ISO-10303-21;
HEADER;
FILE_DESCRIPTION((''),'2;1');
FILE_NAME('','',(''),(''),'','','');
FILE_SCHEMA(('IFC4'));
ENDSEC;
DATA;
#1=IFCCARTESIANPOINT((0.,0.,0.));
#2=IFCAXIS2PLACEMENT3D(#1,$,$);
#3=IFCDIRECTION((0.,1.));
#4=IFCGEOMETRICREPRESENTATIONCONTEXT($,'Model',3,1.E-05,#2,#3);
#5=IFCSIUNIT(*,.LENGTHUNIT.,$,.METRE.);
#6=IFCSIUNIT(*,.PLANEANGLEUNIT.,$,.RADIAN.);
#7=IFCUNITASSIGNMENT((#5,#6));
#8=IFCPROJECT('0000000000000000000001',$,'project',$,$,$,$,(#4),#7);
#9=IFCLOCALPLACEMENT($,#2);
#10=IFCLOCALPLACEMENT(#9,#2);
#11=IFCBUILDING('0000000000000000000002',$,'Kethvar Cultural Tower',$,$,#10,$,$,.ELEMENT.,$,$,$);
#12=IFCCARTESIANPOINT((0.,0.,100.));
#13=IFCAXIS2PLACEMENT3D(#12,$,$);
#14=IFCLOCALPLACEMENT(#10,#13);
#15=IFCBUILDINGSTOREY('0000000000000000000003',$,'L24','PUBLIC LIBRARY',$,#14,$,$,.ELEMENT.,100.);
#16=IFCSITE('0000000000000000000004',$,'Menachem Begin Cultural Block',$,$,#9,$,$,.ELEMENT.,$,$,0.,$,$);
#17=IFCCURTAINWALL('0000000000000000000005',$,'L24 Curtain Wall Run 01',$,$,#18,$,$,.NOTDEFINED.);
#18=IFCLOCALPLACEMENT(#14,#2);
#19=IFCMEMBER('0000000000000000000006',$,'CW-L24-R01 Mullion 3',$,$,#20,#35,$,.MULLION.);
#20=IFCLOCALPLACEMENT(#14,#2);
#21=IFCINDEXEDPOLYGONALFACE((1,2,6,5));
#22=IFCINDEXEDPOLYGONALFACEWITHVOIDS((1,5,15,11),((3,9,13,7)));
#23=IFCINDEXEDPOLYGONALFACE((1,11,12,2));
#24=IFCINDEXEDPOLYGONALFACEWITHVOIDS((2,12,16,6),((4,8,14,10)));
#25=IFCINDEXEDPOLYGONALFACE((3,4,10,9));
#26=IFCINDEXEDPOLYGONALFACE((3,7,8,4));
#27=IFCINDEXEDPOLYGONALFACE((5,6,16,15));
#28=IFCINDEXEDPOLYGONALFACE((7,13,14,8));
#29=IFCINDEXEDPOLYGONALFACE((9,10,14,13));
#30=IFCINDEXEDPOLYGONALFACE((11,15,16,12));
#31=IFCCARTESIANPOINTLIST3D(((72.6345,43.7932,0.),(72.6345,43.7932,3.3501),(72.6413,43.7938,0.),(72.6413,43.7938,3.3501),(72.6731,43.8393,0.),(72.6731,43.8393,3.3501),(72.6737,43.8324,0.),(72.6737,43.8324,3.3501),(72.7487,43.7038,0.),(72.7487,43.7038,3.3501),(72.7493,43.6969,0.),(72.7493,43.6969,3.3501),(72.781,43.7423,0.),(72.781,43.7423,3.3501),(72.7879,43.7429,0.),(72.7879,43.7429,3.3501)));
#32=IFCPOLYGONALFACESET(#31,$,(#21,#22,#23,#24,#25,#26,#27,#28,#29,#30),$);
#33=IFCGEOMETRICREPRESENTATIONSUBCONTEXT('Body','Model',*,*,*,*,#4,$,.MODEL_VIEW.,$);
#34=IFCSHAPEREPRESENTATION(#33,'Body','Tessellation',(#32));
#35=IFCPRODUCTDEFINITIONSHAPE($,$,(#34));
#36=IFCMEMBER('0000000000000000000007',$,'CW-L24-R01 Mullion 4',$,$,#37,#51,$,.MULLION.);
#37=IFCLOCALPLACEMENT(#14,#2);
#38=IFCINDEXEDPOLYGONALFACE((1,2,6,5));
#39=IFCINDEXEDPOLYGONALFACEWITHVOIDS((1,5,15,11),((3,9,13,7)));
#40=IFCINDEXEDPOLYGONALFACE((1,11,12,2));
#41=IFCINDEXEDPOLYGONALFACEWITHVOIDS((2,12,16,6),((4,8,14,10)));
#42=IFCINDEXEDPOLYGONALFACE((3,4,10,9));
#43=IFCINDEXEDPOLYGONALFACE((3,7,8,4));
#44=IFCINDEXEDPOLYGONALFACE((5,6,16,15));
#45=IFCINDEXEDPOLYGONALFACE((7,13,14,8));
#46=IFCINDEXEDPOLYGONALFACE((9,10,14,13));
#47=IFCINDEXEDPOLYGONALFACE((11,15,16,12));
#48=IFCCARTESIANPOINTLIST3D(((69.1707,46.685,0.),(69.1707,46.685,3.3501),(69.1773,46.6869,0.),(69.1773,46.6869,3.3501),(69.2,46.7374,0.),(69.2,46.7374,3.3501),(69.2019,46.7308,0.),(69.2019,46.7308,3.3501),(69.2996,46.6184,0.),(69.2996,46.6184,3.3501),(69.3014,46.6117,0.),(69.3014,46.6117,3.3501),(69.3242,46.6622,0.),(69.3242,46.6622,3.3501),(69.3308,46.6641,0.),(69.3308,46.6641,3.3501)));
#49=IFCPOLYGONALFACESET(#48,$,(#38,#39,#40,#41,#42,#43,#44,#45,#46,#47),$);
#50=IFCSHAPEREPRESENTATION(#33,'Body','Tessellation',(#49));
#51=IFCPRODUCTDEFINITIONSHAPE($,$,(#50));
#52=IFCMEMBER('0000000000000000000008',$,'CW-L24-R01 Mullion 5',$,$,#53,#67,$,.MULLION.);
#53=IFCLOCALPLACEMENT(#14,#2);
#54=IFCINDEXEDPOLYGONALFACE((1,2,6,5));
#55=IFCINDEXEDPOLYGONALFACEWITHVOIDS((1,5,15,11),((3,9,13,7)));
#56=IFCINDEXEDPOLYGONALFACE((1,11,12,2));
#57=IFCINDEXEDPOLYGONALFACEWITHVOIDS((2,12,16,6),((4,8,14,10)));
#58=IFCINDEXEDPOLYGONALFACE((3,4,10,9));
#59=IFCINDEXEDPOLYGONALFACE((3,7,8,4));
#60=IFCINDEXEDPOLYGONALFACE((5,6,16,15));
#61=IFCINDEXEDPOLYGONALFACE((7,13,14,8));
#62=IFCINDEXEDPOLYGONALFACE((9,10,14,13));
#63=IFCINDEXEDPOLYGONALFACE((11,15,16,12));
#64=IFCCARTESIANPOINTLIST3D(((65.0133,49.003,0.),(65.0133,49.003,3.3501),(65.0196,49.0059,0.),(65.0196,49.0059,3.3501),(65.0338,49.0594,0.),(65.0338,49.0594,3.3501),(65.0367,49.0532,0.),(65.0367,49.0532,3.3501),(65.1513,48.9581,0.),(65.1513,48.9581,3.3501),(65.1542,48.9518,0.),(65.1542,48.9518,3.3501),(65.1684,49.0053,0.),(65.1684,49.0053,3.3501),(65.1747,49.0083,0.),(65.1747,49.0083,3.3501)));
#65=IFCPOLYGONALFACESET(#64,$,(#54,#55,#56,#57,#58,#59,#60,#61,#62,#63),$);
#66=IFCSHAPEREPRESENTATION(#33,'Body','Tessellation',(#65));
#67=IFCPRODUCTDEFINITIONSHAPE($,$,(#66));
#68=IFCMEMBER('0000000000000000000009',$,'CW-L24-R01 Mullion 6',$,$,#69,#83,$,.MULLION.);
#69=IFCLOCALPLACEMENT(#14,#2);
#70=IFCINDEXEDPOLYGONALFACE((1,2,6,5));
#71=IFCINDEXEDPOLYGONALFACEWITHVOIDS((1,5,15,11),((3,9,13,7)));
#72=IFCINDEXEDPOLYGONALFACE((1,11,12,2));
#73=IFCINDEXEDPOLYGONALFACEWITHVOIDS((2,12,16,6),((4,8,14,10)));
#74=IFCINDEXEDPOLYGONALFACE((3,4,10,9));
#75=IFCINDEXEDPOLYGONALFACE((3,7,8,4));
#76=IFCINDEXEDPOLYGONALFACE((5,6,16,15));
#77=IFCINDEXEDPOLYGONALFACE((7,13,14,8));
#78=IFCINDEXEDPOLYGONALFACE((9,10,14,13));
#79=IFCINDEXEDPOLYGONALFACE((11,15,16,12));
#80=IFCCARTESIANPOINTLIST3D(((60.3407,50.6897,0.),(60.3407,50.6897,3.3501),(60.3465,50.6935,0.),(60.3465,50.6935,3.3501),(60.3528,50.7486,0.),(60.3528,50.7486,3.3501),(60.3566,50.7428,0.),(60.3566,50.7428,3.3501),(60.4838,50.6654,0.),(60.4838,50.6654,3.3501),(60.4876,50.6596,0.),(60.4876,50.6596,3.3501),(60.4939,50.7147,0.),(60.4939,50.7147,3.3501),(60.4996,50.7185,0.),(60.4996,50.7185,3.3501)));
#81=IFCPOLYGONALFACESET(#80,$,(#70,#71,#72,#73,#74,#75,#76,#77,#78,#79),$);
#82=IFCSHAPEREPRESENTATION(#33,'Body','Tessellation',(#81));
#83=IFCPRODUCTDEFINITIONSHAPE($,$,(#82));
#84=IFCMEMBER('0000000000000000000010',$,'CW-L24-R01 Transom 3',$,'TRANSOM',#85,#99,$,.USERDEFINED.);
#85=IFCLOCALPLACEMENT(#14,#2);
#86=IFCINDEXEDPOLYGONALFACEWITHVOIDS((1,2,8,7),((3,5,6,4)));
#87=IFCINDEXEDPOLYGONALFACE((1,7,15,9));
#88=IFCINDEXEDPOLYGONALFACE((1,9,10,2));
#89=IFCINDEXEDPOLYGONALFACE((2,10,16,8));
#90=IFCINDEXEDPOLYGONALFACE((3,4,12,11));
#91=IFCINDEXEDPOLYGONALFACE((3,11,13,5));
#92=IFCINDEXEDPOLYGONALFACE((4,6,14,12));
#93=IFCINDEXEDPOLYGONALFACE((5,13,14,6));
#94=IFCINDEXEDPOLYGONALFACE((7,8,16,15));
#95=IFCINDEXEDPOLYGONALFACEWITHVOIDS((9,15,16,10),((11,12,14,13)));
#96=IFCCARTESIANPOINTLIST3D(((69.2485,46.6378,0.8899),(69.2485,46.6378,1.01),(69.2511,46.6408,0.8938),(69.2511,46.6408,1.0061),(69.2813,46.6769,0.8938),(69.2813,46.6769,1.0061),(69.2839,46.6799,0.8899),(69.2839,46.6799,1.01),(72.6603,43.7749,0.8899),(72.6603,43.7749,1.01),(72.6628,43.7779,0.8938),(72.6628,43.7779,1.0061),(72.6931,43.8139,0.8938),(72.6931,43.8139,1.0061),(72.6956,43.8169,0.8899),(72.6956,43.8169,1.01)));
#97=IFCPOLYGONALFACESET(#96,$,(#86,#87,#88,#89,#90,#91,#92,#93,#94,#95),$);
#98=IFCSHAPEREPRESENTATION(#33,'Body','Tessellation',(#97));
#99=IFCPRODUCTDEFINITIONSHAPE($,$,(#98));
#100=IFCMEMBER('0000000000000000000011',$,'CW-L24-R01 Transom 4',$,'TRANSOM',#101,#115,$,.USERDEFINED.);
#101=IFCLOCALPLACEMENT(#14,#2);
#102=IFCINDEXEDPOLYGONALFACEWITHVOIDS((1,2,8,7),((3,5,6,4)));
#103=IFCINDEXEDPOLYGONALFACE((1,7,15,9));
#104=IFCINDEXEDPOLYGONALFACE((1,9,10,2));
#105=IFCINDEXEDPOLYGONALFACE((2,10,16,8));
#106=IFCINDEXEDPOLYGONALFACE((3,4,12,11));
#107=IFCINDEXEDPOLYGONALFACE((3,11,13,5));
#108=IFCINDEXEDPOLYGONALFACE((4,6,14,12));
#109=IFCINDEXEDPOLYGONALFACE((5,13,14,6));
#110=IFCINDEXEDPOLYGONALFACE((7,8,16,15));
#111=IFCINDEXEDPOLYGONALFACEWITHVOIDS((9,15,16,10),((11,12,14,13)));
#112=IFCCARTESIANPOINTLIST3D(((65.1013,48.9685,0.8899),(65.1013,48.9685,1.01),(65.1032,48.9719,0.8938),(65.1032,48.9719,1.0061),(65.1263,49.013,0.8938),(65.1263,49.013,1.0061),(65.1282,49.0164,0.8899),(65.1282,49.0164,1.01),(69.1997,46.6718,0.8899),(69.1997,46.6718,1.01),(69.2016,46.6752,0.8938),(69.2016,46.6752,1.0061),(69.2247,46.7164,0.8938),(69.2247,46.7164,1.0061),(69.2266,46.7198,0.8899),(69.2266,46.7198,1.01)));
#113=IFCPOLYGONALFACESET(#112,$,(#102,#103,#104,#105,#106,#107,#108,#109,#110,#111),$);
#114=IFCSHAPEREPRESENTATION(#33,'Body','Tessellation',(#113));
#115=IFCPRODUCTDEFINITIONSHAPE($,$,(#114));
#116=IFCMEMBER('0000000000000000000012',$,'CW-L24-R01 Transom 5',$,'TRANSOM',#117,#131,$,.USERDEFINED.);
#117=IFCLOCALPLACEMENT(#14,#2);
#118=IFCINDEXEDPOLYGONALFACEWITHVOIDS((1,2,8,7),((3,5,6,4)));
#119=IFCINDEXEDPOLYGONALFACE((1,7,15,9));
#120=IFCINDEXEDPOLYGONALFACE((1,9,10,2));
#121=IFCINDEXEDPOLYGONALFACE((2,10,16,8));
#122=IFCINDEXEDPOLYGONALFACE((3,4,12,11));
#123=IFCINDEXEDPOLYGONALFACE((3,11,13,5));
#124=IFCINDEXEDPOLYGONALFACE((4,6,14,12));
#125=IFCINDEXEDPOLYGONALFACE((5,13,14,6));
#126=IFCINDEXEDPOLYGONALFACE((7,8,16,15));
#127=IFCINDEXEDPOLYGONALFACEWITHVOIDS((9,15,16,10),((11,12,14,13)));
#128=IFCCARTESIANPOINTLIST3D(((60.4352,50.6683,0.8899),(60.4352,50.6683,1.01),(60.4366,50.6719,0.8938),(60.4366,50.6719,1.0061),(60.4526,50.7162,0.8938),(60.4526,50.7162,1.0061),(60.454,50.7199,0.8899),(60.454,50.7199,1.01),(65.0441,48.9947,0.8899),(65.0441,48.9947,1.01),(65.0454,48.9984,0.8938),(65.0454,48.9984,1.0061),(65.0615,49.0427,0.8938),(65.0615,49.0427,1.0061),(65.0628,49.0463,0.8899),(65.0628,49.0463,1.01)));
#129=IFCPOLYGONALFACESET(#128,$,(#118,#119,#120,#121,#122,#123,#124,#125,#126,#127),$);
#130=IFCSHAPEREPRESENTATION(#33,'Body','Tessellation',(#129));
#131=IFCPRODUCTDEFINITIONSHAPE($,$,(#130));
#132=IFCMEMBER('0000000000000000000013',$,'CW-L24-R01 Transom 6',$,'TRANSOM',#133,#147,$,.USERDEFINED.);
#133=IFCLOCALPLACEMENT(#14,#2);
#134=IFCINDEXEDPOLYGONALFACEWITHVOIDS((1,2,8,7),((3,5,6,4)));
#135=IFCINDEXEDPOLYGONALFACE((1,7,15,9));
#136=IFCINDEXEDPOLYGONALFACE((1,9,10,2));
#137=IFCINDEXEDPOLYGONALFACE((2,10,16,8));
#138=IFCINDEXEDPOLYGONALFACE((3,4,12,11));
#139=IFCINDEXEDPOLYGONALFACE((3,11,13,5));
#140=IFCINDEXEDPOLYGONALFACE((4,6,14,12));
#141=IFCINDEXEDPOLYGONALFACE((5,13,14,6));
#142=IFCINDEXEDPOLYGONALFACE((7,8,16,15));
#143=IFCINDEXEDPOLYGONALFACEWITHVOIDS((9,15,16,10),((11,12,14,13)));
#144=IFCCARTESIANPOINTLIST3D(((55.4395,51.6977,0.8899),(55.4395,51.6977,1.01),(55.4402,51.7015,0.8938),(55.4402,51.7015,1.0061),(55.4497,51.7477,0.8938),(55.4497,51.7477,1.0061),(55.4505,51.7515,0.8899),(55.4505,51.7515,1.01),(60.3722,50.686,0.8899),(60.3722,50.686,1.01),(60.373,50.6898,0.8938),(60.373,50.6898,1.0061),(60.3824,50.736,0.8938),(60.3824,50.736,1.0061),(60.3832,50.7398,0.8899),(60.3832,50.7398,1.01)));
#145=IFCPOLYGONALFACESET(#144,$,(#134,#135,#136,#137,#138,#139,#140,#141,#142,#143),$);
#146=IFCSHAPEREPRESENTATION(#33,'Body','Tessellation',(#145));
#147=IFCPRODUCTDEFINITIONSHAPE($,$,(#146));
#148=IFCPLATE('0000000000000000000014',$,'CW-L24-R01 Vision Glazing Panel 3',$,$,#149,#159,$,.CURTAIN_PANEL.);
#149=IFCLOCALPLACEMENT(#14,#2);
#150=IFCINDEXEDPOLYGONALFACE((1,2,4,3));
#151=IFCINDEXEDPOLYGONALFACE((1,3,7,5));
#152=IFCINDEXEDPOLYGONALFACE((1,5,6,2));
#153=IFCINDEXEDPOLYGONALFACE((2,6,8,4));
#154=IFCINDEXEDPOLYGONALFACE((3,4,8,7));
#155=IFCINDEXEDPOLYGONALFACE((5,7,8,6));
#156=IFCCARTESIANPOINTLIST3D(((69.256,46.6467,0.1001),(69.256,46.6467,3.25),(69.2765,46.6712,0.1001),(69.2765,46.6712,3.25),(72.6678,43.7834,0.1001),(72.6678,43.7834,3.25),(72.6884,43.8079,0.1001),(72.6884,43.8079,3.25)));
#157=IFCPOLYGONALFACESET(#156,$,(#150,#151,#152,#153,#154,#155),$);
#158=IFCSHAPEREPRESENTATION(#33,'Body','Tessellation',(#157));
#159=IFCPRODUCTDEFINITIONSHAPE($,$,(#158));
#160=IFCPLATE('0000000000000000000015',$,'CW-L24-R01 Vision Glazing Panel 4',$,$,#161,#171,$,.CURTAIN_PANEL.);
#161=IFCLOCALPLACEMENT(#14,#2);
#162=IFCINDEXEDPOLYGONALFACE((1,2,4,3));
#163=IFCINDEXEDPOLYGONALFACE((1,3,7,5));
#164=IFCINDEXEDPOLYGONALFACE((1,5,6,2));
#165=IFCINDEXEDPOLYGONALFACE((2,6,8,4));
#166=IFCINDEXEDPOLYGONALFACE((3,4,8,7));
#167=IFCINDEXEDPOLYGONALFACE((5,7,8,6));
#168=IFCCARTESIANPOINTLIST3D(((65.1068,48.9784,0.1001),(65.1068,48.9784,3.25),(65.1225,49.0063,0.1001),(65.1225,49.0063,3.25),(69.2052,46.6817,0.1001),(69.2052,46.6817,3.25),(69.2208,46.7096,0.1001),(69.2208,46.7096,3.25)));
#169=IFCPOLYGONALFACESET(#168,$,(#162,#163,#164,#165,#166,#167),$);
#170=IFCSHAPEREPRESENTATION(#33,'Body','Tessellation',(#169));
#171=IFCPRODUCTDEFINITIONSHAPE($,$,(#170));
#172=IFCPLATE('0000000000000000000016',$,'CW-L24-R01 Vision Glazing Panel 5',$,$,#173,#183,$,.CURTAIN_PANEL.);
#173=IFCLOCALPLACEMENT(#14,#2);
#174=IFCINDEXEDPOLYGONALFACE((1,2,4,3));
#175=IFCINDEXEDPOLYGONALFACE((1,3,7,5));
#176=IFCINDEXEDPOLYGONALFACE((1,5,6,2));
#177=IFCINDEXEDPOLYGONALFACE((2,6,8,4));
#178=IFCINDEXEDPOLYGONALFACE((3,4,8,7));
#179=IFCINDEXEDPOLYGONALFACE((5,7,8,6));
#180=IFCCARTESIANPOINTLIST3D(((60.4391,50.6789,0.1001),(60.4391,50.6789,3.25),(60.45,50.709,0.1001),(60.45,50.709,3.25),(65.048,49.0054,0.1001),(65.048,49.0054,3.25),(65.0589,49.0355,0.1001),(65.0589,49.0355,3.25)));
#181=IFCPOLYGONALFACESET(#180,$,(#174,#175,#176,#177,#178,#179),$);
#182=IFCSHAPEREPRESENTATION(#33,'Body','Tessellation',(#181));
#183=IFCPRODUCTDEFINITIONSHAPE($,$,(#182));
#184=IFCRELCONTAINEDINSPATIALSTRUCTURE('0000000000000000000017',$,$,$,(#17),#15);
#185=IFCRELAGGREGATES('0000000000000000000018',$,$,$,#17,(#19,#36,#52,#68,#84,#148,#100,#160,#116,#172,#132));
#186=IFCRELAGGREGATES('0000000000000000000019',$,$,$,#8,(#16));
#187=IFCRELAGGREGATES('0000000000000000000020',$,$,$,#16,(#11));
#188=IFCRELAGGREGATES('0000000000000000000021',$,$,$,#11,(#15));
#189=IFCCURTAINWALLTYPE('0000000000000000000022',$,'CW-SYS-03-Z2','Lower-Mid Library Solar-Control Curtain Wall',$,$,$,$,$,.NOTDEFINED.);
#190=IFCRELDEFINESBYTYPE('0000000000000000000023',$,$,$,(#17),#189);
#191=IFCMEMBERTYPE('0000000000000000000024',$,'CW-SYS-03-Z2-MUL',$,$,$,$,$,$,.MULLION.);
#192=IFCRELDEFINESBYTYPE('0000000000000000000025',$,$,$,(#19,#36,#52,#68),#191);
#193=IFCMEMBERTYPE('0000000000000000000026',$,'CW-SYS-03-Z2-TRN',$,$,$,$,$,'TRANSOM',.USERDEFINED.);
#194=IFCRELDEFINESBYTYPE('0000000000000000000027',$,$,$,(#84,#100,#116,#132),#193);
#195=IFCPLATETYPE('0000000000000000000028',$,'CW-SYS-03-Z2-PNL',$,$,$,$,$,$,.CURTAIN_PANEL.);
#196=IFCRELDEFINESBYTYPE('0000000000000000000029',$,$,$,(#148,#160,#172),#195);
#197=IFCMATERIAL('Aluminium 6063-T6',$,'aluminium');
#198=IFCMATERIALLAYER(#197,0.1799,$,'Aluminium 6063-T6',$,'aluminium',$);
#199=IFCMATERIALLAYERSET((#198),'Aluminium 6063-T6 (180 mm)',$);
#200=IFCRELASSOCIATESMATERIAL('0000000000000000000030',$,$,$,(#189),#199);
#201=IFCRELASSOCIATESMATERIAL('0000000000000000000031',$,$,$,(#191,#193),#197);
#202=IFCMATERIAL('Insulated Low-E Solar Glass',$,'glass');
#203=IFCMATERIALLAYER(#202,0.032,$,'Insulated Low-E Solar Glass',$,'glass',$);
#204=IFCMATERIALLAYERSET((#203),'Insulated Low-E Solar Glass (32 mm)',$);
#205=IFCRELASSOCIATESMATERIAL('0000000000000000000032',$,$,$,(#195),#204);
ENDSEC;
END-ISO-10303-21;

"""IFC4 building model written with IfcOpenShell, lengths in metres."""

from ifc_helpers import new_model, si_unit, direction, frame, origin, origin_2d, place, context, subcontext, project, spatial, rectangle, hollow_rectangle, extrude, source, transform, mapped, material, layer, layer_set, material_profile, profile_set, type_object, element, aggregate, save


model = new_model("IFC4")

# Units and contexts
model_context = context("Model", 3, precision=1e-05, world=origin(), true_north=direction((0.0, 1.0)))
body_context = subcontext(model_context, "Body", "Model", "MODEL_VIEW")
ifc_project = project(units=[si_unit("LENGTHUNIT", "METRE"), si_unit("PLANEANGLEUNIT", "RADIAN")], contexts=[model_context])

# Site, building, storey
site_placement = place(None, origin())
site = spatial("IfcSite", under=ifc_project, at=site_placement, Name="Menachem Begin Cultural Block", CompositionType="ELEMENT", RefElevation=0.0)
building_placement = place(site_placement, origin())
building = spatial("IfcBuilding", under=site, at=building_placement, Name="Kethvar Cultural Tower", CompositionType="ELEMENT")
storey_placement = place(building_placement, frame((0.0, 0.0, 100.0)))
storey = spatial("IfcBuildingStorey", under=building, at=storey_placement, Name="L24", Description="PUBLIC LIBRARY", CompositionType="ELEMENT", Elevation=100.0)

# Curtain wall, members, plates
ifc_material_1 = material(Name="Aluminium 6063-T6", Category="aluminium")
ifc_layer_1 = layer(ifc_material_1, 0.1799, Name="Aluminium 6063-T6", Category="aluminium")
ifc_layer_set_1 = layer_set([ifc_layer_1], Name="Aluminium 6063-T6 (180 mm)")
curtain_wall_type = type_object("IfcCurtainWallType", Name="CW-SYS-03-Z2", Description="Lower-Mid Library Solar-Control Curtain Wall", PredefinedType="NOTDEFINED", material=ifc_layer_set_1)
curtain_wall_placement = place(storey_placement, origin())
curtain_wall = element("IfcCurtainWall", 1, at=curtain_wall_placement, inside=storey, type_object=curtain_wall_type, Name="L24 Curtain Wall Run 01", PredefinedType="NOTDEFINED")
ifc_material_profile_1 = material_profile(ifc_material_1, hollow_rectangle(XDim=0.0601, YDim=0.1499, WallThickness=0.0049, at=origin_2d()), Name="Aluminium 6063-T6 — RHS150x60x5")
ifc_profile_set_1 = profile_set([ifc_material_profile_1], Name="Aluminium 6063-T6 — RHS150x60x5")
member_type_1 = type_object("IfcMemberType", Name="CW-SYS-03-Z2-MUL", PredefinedType="MULLION", material=ifc_profile_set_1)
shared_shape_1 = source(origin(), body_context, "Body", "SweptSolid", [
    extrude(hollow_rectangle(XDim=0.0601, YDim=0.1499, WallThickness=0.0049, at=origin_2d()), origin(), (0.0, 0.0, 1.0), 3.3501),
])
member_1_placement = place(storey_placement, frame((72.7112, 43.7681, 0.0), z_axis=(0.0, 0.0, 1.0), x_axis=(-0.642841, -0.766, 0.0)))
member_1 = element("IfcMember", 2, at=member_1_placement, type_object=member_type_1, Name="CW-L24-R01 Mullion 3", PredefinedType="MULLION", context=body_context, shape_type="MappedRepresentation", body=[
    mapped(shared_shape_1, transform((0.0, 0.0, 0.0), scale=1.0)),
])
member_2_placement = place(storey_placement, frame((69.2507, 46.6746, 0.0), z_axis=(0.0, 0.0, 1.0), x_axis=(-0.488865, -0.87236, 0.0)))
member_2 = element("IfcMember", 3, at=member_2_placement, type_object=member_type_1, Name="CW-L24-R01 Mullion 4", PredefinedType="MULLION", context=body_context, shape_type="MappedRepresentation", body=[
    mapped(shared_shape_1, transform((0.0, 0.0, 0.0), scale=1.0)),
])
member_3_placement = place(storey_placement, frame((65.094, 49.0056, 0.0), z_axis=(0.0, 0.0, 1.0), x_axis=(-0.341298, -0.939955, 0.0)))
member_3 = element("IfcMember", 4, at=member_3_placement, type_object=member_type_1, Name="CW-L24-R01 Mullion 5", PredefinedType="MULLION", context=body_context, shape_type="MappedRepresentation", body=[
    mapped(shared_shape_1, transform((0.0, 0.0, 0.0), scale=1.0)),
])
member_4_placement = place(storey_placement, frame((60.4202, 50.7041, 0.0), z_axis=(0.0, 0.0, 1.0), x_axis=(-0.200924, -0.979607, 0.0)))
member_4 = element("IfcMember", 5, at=member_4_placement, type_object=member_type_1, Name="CW-L24-R01 Mullion 6", PredefinedType="MULLION", context=body_context, shape_type="MappedRepresentation", body=[
    mapped(shared_shape_1, transform((0.0, 0.0, 0.0), scale=1.0)),
])
ifc_material_profile_2 = material_profile(ifc_material_1, hollow_rectangle(XDim=0.0549, YDim=0.1201, WallThickness=0.0039, at=origin_2d()), Name="Aluminium 6063-T6 — RHS120x55x4")
ifc_profile_set_2 = profile_set([ifc_material_profile_2], Name="Aluminium 6063-T6 — RHS120x55x4")
member_type_2 = type_object("IfcMemberType", Name="CW-SYS-03-Z2-TRN", ElementType="TRANSOM", PredefinedType="USERDEFINED", material=ifc_profile_set_2)
shared_shape_2 = source(origin(), body_context, "Body", "SweptSolid", [
    extrude(hollow_rectangle(XDim=0.0549, YDim=0.1201, WallThickness=0.0039, at=origin_2d()), origin(), (0.0, 0.0, 1.0), 4.4539),
])
member_5_placement = place(storey_placement, frame((72.678, 43.7959, 0.95), z_axis=(-0.766029, 0.642806, 0.0), x_axis=(-0.642806, -0.766029, 0.0)))
member_5 = element("IfcMember", 6, at=member_5_placement, type_object=member_type_2, Name="CW-L24-R01 Transom 3", ObjectType="TRANSOM", PredefinedType="USERDEFINED", context=body_context, shape_type="MappedRepresentation", body=[
    mapped(shared_shape_2, transform((0.0, 0.0, 0.0), scale=1.0)),
])
shared_shape_3 = source(origin(), body_context, "Body", "SweptSolid", [
    extrude(hollow_rectangle(XDim=0.0549, YDim=0.1201, WallThickness=0.0039, at=origin_2d()), origin(), (0.0, 0.0, 1.0), 4.698),
])
member_6_placement = place(storey_placement, frame((69.2131, 46.6958, 0.95), z_axis=(-0.872367, 0.488852, 0.0), x_axis=(-0.488852, -0.872367, 0.0)))
member_6 = element("IfcMember", 7, at=member_6_placement, type_object=member_type_2, Name="CW-L24-R01 Transom 4", ObjectType="TRANSOM", PredefinedType="USERDEFINED", context=body_context, shape_type="MappedRepresentation", body=[
    mapped(shared_shape_3, transform((0.0, 0.0, 0.0), scale=1.0)),
])
shared_shape_4 = source(origin(), body_context, "Body", "SweptSolid", [
    extrude(hollow_rectangle(XDim=0.0549, YDim=0.1201, WallThickness=0.0039, at=origin_2d()), origin(), (0.0, 0.0, 1.0), 4.9033),
])
member_7_placement = place(storey_placement, frame((65.0535, 49.0205, 0.95), z_axis=(-0.939949, 0.341315, 0.0), x_axis=(-0.341315, -0.939949, 0.0)))
member_7 = element("IfcMember", 8, at=member_7_placement, type_object=member_type_2, Name="CW-L24-R01 Transom 5", ObjectType="TRANSOM", PredefinedType="USERDEFINED", context=body_context, shape_type="MappedRepresentation", body=[
    mapped(shared_shape_4, transform((0.0, 0.0, 0.0), scale=1.0)),
])
shared_shape_5 = source(origin(), body_context, "Body", "SweptSolid", [
    extrude(hollow_rectangle(XDim=0.0549, YDim=0.1201, WallThickness=0.0039, at=origin_2d()), origin(), (0.0, 0.0, 1.0), 5.0354),
])
member_8_placement = place(storey_placement, frame((60.3777, 50.7129, 0.95), z_axis=(-0.979607, 0.200925, 0.0), x_axis=(-0.200925, -0.979607, 0.0)))
member_8 = element("IfcMember", 9, at=member_8_placement, type_object=member_type_2, Name="CW-L24-R01 Transom 6", ObjectType="TRANSOM", PredefinedType="USERDEFINED", context=body_context, shape_type="MappedRepresentation", body=[
    mapped(shared_shape_5, transform((0.0, 0.0, 0.0), scale=1.0)),
])
ifc_material_2 = material(Name="Insulated Low-E Solar Glass", Category="glass")
ifc_layer_2 = layer(ifc_material_2, 0.032, Name="Insulated Low-E Solar Glass", Category="glass")
ifc_layer_set_2 = layer_set([ifc_layer_2], Name="Insulated Low-E Solar Glass (32 mm)")
plate_type = type_object("IfcPlateType", Name="CW-SYS-03-Z2-PNL", PredefinedType="CURTAIN_PANEL", material=ifc_layer_set_2)
shared_shape_6 = source(origin(), body_context, "Body", "SweptSolid", [
    extrude(rectangle(XDim=4.4541, YDim=0.032, at=origin_2d()), origin(), (0.0, 0.0, 1.0), 3.1499),
])
plate_1_placement = place(storey_placement, frame((70.9722, 45.2273, 0.1001), z_axis=(0.0, 0.0, 1.0), x_axis=(-0.766, 0.642841, 0.0)))
plate_1 = element("IfcPlate", 10, at=plate_1_placement, type_object=plate_type, Name="CW-L24-R01 Vision Glazing Panel 3", PredefinedType="CURTAIN_PANEL", context=body_context, shape_type="MappedRepresentation", body=[
    mapped(shared_shape_6, transform((0.0, 0.0, 0.0), scale=1.0)),
])
shared_shape_7 = source(origin(), body_context, "Body", "SweptSolid", [
    extrude(rectangle(XDim=4.698, YDim=0.032, at=origin_2d()), origin(), (0.0, 0.0, 1.0), 3.1499),
])
plate_2_placement = place(storey_placement, frame((67.1638, 47.844, 0.1001), z_axis=(0.0, 0.0, 1.0), x_axis=(-0.87236, 0.488865, 0.0)))
plate_2 = element("IfcPlate", 11, at=plate_2_placement, type_object=plate_type, Name="CW-L24-R01 Vision Glazing Panel 4", PredefinedType="CURTAIN_PANEL", context=body_context, shape_type="MappedRepresentation", body=[
    mapped(shared_shape_7, transform((0.0, 0.0, 0.0), scale=1.0)),
])
shared_shape_8 = source(origin(), body_context, "Body", "SweptSolid", [
    extrude(rectangle(XDim=4.9033, YDim=0.032, at=origin_2d()), origin(), (0.0, 0.0, 1.0), 3.1499),
])
plate_3_placement = place(storey_placement, frame((62.749, 49.8572, 0.1001), z_axis=(0.0, 0.0, 1.0), x_axis=(-0.939955, 0.341298, 0.0)))
plate_3 = element("IfcPlate", 12, at=plate_3_placement, type_object=plate_type, Name="CW-L24-R01 Vision Glazing Panel 5", PredefinedType="CURTAIN_PANEL", context=body_context, shape_type="MappedRepresentation", body=[
    mapped(shared_shape_8, transform((0.0, 0.0, 0.0), scale=1.0)),
])
aggregate(curtain_wall, [member_1, member_2, member_3, member_4, member_5, plate_1, member_6, plate_2, member_7, plate_3, member_8])

save(model, "model.ifc")
